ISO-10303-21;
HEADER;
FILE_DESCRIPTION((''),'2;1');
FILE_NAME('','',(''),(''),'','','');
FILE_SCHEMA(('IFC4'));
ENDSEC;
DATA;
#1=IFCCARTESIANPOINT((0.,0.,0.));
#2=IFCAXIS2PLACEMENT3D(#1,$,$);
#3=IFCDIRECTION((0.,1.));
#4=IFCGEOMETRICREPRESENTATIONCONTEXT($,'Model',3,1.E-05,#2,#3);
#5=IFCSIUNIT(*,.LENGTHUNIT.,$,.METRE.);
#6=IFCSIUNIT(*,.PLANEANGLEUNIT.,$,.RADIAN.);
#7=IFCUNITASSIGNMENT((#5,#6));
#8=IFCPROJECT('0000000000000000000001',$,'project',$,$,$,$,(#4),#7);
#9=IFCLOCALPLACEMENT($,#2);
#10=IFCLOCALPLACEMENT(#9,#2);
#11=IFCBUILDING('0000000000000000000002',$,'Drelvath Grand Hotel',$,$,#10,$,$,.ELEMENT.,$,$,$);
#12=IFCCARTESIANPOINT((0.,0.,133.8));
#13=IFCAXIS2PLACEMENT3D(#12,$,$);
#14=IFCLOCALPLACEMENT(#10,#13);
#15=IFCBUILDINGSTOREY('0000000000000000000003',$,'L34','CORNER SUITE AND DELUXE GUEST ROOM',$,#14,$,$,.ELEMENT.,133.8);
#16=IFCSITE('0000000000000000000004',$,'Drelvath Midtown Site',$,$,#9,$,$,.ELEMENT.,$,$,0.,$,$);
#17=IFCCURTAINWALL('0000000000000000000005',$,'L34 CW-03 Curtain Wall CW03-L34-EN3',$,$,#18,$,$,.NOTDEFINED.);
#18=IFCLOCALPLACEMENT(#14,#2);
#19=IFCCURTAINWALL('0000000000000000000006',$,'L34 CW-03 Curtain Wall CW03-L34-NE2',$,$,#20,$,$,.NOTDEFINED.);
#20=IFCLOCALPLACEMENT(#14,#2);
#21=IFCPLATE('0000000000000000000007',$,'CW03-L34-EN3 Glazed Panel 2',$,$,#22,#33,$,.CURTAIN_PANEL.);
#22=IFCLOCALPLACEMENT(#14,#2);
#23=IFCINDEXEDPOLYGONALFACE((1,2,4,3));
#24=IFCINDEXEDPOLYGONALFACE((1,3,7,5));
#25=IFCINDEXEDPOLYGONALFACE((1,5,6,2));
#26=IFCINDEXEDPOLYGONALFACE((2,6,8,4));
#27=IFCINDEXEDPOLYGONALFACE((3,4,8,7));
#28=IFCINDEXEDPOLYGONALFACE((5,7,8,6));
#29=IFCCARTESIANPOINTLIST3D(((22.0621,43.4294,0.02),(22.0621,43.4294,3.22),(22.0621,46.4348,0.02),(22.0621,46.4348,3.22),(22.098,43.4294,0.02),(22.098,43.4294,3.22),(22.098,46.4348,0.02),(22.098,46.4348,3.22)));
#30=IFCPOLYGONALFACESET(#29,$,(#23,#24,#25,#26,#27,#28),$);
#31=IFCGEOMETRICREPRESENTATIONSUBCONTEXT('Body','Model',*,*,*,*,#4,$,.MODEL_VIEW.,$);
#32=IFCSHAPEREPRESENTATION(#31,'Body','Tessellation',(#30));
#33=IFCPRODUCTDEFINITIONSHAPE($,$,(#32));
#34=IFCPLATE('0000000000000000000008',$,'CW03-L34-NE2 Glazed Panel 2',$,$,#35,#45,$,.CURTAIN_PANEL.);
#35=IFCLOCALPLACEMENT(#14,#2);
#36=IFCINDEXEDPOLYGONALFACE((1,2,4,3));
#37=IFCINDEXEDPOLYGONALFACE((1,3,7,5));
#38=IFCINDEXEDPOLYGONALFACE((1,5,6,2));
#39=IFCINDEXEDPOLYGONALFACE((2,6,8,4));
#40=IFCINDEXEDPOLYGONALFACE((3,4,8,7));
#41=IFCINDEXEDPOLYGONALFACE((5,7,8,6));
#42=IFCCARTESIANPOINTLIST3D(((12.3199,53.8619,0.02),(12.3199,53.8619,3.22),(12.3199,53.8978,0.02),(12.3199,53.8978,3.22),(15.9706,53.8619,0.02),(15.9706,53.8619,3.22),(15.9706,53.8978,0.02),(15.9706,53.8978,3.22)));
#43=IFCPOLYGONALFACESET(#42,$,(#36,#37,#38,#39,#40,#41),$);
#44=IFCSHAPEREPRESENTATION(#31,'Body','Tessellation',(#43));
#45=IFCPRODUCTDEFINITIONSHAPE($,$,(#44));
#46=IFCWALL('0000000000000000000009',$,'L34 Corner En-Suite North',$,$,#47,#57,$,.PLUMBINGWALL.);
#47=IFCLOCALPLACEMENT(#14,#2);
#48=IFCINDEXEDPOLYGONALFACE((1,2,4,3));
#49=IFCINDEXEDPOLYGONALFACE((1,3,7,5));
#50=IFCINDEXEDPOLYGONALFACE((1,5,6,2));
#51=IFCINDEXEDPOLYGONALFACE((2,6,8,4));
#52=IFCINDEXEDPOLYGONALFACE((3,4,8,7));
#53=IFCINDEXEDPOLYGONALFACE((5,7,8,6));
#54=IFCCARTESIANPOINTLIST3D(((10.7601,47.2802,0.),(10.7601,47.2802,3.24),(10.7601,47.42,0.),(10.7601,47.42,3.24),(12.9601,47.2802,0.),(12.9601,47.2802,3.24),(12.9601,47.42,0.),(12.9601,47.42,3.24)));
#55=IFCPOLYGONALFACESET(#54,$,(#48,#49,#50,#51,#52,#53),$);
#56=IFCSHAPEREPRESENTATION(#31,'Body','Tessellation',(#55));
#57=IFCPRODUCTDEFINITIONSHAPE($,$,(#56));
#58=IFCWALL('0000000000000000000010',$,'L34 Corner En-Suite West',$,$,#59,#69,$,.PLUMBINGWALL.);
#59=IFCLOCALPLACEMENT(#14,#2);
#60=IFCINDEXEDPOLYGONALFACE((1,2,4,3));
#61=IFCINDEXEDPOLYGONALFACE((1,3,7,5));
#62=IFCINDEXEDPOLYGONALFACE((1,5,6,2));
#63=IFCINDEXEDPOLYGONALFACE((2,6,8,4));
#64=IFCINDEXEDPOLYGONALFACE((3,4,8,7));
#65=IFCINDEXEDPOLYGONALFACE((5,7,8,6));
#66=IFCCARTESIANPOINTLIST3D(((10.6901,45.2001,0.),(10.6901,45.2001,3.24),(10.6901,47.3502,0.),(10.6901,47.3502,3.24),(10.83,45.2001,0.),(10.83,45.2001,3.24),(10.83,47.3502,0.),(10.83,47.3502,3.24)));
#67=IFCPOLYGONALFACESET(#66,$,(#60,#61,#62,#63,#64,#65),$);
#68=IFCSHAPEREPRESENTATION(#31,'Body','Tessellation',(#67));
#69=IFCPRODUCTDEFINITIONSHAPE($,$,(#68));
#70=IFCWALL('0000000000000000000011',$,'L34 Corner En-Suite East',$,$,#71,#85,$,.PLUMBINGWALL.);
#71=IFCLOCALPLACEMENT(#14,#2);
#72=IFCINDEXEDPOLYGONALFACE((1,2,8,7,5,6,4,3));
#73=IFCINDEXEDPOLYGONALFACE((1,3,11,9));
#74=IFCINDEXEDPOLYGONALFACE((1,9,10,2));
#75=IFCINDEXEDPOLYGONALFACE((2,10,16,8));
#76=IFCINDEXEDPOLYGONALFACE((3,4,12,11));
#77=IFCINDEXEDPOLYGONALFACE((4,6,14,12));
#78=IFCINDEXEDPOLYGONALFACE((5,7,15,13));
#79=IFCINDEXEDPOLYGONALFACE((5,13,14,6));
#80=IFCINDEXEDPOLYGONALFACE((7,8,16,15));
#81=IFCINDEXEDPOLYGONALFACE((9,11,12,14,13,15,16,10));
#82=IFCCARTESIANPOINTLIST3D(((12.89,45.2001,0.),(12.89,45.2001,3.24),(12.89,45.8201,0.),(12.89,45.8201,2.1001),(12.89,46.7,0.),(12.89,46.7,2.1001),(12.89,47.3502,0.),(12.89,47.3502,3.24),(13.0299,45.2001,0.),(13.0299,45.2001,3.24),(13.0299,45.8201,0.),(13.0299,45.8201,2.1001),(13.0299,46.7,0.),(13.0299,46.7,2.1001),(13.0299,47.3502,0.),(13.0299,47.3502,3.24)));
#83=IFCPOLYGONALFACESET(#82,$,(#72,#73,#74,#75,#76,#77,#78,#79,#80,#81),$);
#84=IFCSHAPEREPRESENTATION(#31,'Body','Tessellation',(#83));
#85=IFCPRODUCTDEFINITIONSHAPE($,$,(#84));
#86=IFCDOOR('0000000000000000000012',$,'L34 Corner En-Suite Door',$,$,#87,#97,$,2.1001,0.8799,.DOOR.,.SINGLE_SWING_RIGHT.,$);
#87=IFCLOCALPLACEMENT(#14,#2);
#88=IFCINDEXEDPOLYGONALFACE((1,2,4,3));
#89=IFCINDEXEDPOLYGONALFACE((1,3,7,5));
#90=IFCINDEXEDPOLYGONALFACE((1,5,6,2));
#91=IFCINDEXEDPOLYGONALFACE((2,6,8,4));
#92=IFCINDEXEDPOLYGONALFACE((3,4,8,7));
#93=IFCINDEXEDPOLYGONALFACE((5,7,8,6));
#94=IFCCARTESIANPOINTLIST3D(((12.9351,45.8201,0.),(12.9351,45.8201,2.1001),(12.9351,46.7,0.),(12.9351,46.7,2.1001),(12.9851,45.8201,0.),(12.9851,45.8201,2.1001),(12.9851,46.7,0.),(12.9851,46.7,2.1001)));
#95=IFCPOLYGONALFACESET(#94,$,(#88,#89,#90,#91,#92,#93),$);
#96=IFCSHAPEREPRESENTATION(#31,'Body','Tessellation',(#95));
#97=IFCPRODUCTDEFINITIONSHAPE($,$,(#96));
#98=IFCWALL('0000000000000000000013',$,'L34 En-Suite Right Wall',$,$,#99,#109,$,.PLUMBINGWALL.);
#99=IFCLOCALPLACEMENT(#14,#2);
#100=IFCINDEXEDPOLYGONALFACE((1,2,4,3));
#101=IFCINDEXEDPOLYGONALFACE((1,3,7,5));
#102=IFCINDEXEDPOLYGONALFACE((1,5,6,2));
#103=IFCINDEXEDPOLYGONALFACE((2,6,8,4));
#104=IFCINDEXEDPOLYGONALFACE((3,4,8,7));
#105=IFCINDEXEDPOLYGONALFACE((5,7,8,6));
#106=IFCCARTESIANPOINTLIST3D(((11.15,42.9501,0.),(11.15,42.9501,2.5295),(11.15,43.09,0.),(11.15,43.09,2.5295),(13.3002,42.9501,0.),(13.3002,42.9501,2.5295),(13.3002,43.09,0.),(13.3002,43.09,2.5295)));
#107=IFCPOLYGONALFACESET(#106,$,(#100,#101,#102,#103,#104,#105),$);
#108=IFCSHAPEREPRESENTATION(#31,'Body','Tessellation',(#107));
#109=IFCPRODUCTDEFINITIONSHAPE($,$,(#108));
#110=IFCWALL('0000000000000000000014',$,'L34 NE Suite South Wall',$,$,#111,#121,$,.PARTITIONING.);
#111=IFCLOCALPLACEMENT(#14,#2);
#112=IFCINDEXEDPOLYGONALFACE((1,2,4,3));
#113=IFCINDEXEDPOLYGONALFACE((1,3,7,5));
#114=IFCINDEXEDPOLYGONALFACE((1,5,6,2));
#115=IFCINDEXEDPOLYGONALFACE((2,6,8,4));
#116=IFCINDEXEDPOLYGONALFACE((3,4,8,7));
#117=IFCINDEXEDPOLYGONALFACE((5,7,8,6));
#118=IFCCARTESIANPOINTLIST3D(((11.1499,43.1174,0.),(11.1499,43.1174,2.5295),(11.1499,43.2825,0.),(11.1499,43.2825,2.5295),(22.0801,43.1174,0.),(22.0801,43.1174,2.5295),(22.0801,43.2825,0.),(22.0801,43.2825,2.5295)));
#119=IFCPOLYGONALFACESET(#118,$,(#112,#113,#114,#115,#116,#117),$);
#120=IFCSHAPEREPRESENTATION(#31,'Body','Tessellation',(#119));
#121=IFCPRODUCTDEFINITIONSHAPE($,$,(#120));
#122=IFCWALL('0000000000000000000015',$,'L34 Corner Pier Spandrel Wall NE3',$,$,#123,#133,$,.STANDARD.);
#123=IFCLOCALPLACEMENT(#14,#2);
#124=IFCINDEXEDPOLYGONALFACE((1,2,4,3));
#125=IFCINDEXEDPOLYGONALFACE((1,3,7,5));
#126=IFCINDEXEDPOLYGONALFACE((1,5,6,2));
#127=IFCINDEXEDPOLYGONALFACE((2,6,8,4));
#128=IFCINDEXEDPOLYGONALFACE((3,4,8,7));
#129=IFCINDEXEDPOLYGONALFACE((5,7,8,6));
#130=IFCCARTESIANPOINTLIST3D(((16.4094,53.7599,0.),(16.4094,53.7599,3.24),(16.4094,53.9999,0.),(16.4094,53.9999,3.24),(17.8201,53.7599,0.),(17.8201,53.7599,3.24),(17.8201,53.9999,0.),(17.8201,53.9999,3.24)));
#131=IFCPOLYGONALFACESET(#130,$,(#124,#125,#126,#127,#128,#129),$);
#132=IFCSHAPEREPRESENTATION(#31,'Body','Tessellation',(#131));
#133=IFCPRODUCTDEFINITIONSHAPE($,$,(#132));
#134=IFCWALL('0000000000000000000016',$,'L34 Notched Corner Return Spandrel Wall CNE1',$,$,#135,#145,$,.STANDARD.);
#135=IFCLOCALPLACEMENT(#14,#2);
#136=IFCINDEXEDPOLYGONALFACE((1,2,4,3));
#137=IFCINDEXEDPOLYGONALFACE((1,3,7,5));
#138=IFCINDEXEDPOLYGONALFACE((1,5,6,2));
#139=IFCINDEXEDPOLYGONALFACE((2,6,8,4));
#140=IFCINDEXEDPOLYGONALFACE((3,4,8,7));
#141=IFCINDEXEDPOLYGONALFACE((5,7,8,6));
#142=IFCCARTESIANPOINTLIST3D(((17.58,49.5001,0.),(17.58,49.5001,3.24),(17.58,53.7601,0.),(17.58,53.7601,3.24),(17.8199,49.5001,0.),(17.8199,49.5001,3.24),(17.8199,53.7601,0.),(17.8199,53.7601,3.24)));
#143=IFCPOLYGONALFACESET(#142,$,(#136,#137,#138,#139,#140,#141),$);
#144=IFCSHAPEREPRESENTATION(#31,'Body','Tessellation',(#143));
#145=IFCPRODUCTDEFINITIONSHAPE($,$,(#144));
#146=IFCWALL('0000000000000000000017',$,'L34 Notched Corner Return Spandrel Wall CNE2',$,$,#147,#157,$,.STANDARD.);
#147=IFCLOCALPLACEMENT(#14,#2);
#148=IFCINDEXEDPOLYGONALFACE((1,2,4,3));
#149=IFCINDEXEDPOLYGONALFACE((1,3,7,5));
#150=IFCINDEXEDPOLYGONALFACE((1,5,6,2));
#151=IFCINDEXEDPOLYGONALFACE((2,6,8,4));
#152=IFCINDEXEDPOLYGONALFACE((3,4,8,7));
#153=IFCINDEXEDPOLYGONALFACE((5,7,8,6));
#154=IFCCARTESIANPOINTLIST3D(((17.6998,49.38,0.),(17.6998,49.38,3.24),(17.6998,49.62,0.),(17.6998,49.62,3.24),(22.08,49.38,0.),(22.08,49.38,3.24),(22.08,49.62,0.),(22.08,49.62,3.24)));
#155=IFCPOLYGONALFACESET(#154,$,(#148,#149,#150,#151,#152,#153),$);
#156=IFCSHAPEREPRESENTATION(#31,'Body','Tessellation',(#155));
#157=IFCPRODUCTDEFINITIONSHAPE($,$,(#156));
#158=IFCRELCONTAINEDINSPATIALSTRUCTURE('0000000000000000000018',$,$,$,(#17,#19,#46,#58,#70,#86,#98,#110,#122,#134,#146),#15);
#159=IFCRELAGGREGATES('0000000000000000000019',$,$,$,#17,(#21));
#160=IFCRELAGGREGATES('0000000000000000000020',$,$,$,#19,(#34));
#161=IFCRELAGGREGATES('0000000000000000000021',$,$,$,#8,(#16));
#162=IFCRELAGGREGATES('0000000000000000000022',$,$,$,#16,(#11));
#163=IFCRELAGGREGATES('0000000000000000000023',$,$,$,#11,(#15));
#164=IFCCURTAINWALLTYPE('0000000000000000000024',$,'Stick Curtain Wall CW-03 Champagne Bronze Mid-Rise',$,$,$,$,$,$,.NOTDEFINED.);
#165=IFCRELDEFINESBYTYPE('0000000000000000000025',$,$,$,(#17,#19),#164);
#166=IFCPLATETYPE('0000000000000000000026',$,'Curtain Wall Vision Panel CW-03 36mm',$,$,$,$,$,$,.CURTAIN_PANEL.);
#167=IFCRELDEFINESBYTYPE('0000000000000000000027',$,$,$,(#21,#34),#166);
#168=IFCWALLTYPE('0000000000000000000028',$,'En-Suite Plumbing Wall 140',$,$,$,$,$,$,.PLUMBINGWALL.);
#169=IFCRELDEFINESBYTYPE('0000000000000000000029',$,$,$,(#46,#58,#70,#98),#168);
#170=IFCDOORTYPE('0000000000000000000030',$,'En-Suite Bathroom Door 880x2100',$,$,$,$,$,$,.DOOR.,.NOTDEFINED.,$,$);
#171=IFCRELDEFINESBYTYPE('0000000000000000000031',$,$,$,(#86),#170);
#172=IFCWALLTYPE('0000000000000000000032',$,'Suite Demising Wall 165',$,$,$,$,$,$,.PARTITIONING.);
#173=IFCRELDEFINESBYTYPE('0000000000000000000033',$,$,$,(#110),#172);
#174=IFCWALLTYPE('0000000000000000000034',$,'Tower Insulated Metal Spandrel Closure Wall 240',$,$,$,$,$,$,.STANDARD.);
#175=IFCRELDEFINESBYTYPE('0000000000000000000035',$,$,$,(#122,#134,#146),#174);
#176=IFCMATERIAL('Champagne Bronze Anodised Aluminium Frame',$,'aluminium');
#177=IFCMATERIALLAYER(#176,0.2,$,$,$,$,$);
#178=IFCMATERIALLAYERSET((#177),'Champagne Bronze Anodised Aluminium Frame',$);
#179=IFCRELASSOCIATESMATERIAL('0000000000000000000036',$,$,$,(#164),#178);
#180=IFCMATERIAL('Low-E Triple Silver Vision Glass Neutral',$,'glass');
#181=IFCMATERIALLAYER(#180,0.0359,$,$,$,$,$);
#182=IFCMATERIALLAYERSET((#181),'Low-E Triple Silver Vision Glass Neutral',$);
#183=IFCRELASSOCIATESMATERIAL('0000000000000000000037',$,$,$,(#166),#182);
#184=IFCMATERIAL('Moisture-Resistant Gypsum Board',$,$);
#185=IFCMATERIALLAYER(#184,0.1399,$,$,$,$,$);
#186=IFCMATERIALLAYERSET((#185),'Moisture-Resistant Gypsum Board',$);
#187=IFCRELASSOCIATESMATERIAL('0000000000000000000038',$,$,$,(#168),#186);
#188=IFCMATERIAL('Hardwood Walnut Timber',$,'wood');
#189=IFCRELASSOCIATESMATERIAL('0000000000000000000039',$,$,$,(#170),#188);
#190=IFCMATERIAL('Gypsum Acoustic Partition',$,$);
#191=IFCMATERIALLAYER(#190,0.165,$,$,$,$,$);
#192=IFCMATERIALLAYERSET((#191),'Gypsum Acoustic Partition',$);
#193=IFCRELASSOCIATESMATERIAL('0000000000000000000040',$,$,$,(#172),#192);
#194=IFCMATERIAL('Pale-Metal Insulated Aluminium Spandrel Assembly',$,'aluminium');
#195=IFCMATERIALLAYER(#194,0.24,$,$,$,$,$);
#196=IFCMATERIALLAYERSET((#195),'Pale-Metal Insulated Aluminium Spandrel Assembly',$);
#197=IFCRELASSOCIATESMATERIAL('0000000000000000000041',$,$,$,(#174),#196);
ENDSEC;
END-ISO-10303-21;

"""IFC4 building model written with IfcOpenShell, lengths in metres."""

from ifc_helpers import new_model, si_unit, direction, frame, frame_2d, origin, origin_2d, place, context, subcontext, project, spatial, rectangle, extrude, material, layer, layer_set, type_object, element, fill, aggregate, save


model = new_model("IFC4")

# Units and contexts
model_context = context("Model", 3, precision=1e-05, world=origin(), true_north=direction((0.0, 1.0)))
body_context = subcontext(model_context, "Body", "Model", "MODEL_VIEW")
ifc_project = project(units=[si_unit("LENGTHUNIT", "METRE"), si_unit("PLANEANGLEUNIT", "RADIAN")], contexts=[model_context])

# Site, building, storey
site_placement = place(None, origin())
site = spatial("IfcSite", under=ifc_project, at=site_placement, Name="Drelvath Midtown Site", CompositionType="ELEMENT", RefElevation=0.0)
building_placement = place(site_placement, origin())
building = spatial("IfcBuilding", under=site, at=building_placement, Name="Drelvath Grand Hotel", CompositionType="ELEMENT")
storey_placement = place(building_placement, frame((0.0, 0.0, 133.8)))
storey = spatial("IfcBuildingStorey", under=building, at=storey_placement, Name="L34", Description="CORNER SUITE AND DELUXE GUEST ROOM", CompositionType="ELEMENT", Elevation=133.8)

# Curtain wall
ifc_material_1 = material(Name="Champagne Bronze Anodised Aluminium Frame", Category="aluminium")
ifc_layer_1 = layer(ifc_material_1, 0.2)
ifc_layer_set_1 = layer_set([ifc_layer_1], Name="Champagne Bronze Anodised Aluminium Frame")
curtain_wall_type = type_object("IfcCurtainWallType", Name="Stick Curtain Wall CW-03 Champagne Bronze Mid-Rise", PredefinedType="NOTDEFINED", material=ifc_layer_set_1)
curtain_wall_1_placement = place(storey_placement, origin())
curtain_wall_1 = element("IfcCurtainWall", 1, at=curtain_wall_1_placement, inside=storey, type_object=curtain_wall_type, Name="L34 CW-03 Curtain Wall CW03-L34-EN3", PredefinedType="NOTDEFINED")

# Curtain wall
curtain_wall_2_placement = place(storey_placement, origin())
curtain_wall_2 = element("IfcCurtainWall", 2, at=curtain_wall_2_placement, inside=storey, type_object=curtain_wall_type, Name="L34 CW-03 Curtain Wall CW03-L34-NE2", PredefinedType="NOTDEFINED")

# Plates
ifc_material_2 = material(Name="Low-E Triple Silver Vision Glass Neutral", Category="glass")
ifc_layer_2 = layer(ifc_material_2, 0.0359)
ifc_layer_set_2 = layer_set([ifc_layer_2], Name="Low-E Triple Silver Vision Glass Neutral")
plate_type = type_object("IfcPlateType", Name="Curtain Wall Vision Panel CW-03 36mm", PredefinedType="CURTAIN_PANEL", material=ifc_layer_set_2)
plate_1_placement = place(storey_placement, frame((22.0801, 44.9321, 0.02), z_axis=(0.0, 0.0, 1.0), x_axis=(0.0, -1.0, 0.0)))
plate_1 = element("IfcPlate", 3, at=plate_1_placement, type_object=plate_type, Name="CW03-L34-EN3 Glazed Panel 2", PredefinedType="CURTAIN_PANEL", context=body_context, shape_type="SweptSolid", body=[
    extrude(rectangle(XDim=3.0054, YDim=0.0359, at=origin_2d()), origin(), (0.0, 0.0, 1.0), 3.2),
])
aggregate(curtain_wall_1, [plate_1])
plate_2_placement = place(storey_placement, frame((14.1453, 53.8799, 0.02), z_axis=(0.0, 0.0, 1.0), x_axis=(1.0, 0.0, 0.0)))
plate_2 = element("IfcPlate", 4, at=plate_2_placement, type_object=plate_type, Name="CW03-L34-NE2 Glazed Panel 2", PredefinedType="CURTAIN_PANEL", context=body_context, shape_type="SweptSolid", body=[
    extrude(rectangle(XDim=3.6506, YDim=0.0359, at=origin_2d()), origin(), (0.0, 0.0, 1.0), 3.2),
])
aggregate(curtain_wall_2, [plate_2])

# Walls
ifc_material_3 = material(Name="Moisture-Resistant Gypsum Board")
ifc_layer_3 = layer(ifc_material_3, 0.1399)
ifc_layer_set_3 = layer_set([ifc_layer_3], Name="Moisture-Resistant Gypsum Board")
wall_type_1 = type_object("IfcWallType", Name="En-Suite Plumbing Wall 140", PredefinedType="PLUMBINGWALL", material=ifc_layer_set_3)
wall_1_placement = place(storey_placement, frame((10.76, 47.3501, 0.0), z_axis=(0.0, 0.0, 1.0), x_axis=(1.0, 0.0, 0.0)))
element("IfcWall", 5, at=wall_1_placement, inside=storey, type_object=wall_type_1, Name="L34 Corner En-Suite North", PredefinedType="PLUMBINGWALL", context=body_context, shape_type="SweptSolid", body=[
    extrude(rectangle(XDim=2.2, YDim=0.1399, at=frame_2d((1.1001, 0.0))), origin(), (0.0, 0.0, 1.0), 3.24),
])
wall_2_placement = place(storey_placement, frame((10.76, 45.2, 0.0), z_axis=(0.0, 0.0, 1.0), x_axis=(0.0, 1.0, 0.0)))
element("IfcWall", 6, at=wall_2_placement, inside=storey, type_object=wall_type_1, Name="L34 Corner En-Suite West", PredefinedType="PLUMBINGWALL", context=body_context, shape_type="SweptSolid", body=[
    extrude(rectangle(XDim=2.1501, YDim=0.1399, at=frame_2d((1.0752, 0.0))), origin(), (0.0, 0.0, 1.0), 3.24),
])

# Wall, opening, door
wall_3_placement = place(storey_placement, frame((12.96, 45.2, 0.0), z_axis=(0.0, 0.0, 1.0), x_axis=(0.0, 1.0, 0.0)))
wall_3 = element("IfcWall", 7, at=wall_3_placement, inside=storey, type_object=wall_type_1, Name="L34 Corner En-Suite East", PredefinedType="PLUMBINGWALL", context=body_context, shape_type="SweptSolid", body=[
    extrude(rectangle(XDim=2.1501, YDim=0.1399, at=frame_2d((1.0752, 0.0))), origin(), (0.0, 0.0, 1.0), 3.24),
])
opening_placement = place(wall_3_placement, frame((0.6201, 0.0, 0.0)))
opening = element("IfcOpeningElement", 8, at=opening_placement, cuts=wall_3, PredefinedType="OPENING", context=body_context, shape_type="SweptSolid", body=[
    extrude(rectangle(XDim=0.8799, YDim=2.1001, at=frame_2d((0.4399, 1.05))), frame((0.0, 0.0798, 0.0), z_axis=(0.0, -1.0, 0.0), x_axis=(1.0, 0.0, 0.0)), (0.0, 0.0, 1.0), 0.1599),
])
ifc_material_4 = material(Name="Hardwood Walnut Timber", Category="wood")
door_type = type_object("IfcDoorType", Name="En-Suite Bathroom Door 880x2100", OperationType="NOTDEFINED", PredefinedType="DOOR", material=ifc_material_4)
door_placement = place(opening_placement, origin())
door = element("IfcDoor", 9, at=door_placement, inside=storey, type_object=door_type, Name="L34 Corner En-Suite Door", OperationType="SINGLE_SWING_RIGHT", OverallHeight=2.1001, OverallWidth=0.8799, PredefinedType="DOOR", context=body_context, shape_type="SweptSolid", body=[
    extrude(rectangle(XDim=0.8799, YDim=2.1001, at=frame_2d((0.4399, 1.05))), frame((0.0, 0.0249, 0.0), z_axis=(0.0, -1.0, 0.0), x_axis=(1.0, 0.0, 0.0)), (0.0, 0.0, 1.0), 0.05),
])
fill(opening, door)

# Walls
wall_4_placement = place(storey_placement, frame((11.1499, 43.02, 0.0), z_axis=(0.0, 0.0, 1.0), x_axis=(1.0, 0.0, 0.0)))
element("IfcWall", 10, at=wall_4_placement, inside=storey, type_object=wall_type_1, Name="L34 En-Suite Right Wall", PredefinedType="PLUMBINGWALL", context=body_context, shape_type="SweptSolid", body=[
    extrude(rectangle(XDim=2.1501, YDim=0.1399, at=frame_2d((1.0752, 0.0))), origin(), (0.0, 0.0, 1.0), 2.5295),
])
ifc_material_5 = material(Name="Gypsum Acoustic Partition")
ifc_layer_4 = layer(ifc_material_5, 0.165)
ifc_layer_set_4 = layer_set([ifc_layer_4], Name="Gypsum Acoustic Partition")
wall_type_2 = type_object("IfcWallType", Name="Suite Demising Wall 165", PredefinedType="PARTITIONING", material=ifc_layer_set_4)
wall_5_placement = place(storey_placement, frame((11.1499, 43.2, 0.0), z_axis=(0.0, 0.0, 1.0), x_axis=(1.0, 0.0, 0.0)))
element("IfcWall", 11, at=wall_5_placement, inside=storey, type_object=wall_type_2, Name="L34 NE Suite South Wall", PredefinedType="PARTITIONING", context=body_context, shape_type="SweptSolid", body=[
    extrude(rectangle(XDim=10.9302, YDim=0.165, at=frame_2d((5.4651, 0.0))), origin(), (0.0, 0.0, 1.0), 2.5295),
])
ifc_material_6 = material(Name="Pale-Metal Insulated Aluminium Spandrel Assembly", Category="aluminium")
ifc_layer_5 = layer(ifc_material_6, 0.24)
ifc_layer_set_5 = layer_set([ifc_layer_5], Name="Pale-Metal Insulated Aluminium Spandrel Assembly")
wall_type_3 = type_object("IfcWallType", Name="Tower Insulated Metal Spandrel Closure Wall 240", PredefinedType="STANDARD", material=ifc_layer_set_5)
wall_6_placement = place(storey_placement, frame((16.4094, 53.8799, 0.0), z_axis=(0.0, 0.0, 1.0), x_axis=(1.0, 0.0, 0.0)))
element("IfcWall", 12, at=wall_6_placement, inside=storey, type_object=wall_type_3, Name="L34 Corner Pier Spandrel Wall NE3", PredefinedType="STANDARD", context=body_context, shape_type="SweptSolid", body=[
    extrude(rectangle(XDim=1.4106, YDim=0.24, at=frame_2d((0.7053, 0.0))), origin(), (0.0, 0.0, 1.0), 3.24),
])
wall_7_placement = place(storey_placement, frame((17.7, 53.76, 0.0), z_axis=(0.0, 0.0, 1.0), x_axis=(0.0, -1.0, 0.0)))
element("IfcWall", 13, at=wall_7_placement, inside=storey, type_object=wall_type_3, Name="L34 Notched Corner Return Spandrel Wall CNE1", PredefinedType="STANDARD", context=body_context, shape_type="SweptSolid", body=[
    extrude(rectangle(XDim=4.26, YDim=0.24, at=frame_2d((2.1299, 0.0))), origin(), (0.0, 0.0, 1.0), 3.24),
])
wall_8_placement = place(storey_placement, frame((17.7, 49.5, 0.0), z_axis=(0.0, 0.0, 1.0), x_axis=(1.0, 0.0, 0.0)))
element("IfcWall", 14, at=wall_8_placement, inside=storey, type_object=wall_type_3, Name="L34 Notched Corner Return Spandrel Wall CNE2", PredefinedType="STANDARD", context=body_context, shape_type="SweptSolid", body=[
    extrude(rectangle(XDim=4.3801, YDim=0.24, at=frame_2d((2.1899, 0.0))), origin(), (0.0, 0.0, 1.0), 3.24),
])

save(model, "model.ifc")
